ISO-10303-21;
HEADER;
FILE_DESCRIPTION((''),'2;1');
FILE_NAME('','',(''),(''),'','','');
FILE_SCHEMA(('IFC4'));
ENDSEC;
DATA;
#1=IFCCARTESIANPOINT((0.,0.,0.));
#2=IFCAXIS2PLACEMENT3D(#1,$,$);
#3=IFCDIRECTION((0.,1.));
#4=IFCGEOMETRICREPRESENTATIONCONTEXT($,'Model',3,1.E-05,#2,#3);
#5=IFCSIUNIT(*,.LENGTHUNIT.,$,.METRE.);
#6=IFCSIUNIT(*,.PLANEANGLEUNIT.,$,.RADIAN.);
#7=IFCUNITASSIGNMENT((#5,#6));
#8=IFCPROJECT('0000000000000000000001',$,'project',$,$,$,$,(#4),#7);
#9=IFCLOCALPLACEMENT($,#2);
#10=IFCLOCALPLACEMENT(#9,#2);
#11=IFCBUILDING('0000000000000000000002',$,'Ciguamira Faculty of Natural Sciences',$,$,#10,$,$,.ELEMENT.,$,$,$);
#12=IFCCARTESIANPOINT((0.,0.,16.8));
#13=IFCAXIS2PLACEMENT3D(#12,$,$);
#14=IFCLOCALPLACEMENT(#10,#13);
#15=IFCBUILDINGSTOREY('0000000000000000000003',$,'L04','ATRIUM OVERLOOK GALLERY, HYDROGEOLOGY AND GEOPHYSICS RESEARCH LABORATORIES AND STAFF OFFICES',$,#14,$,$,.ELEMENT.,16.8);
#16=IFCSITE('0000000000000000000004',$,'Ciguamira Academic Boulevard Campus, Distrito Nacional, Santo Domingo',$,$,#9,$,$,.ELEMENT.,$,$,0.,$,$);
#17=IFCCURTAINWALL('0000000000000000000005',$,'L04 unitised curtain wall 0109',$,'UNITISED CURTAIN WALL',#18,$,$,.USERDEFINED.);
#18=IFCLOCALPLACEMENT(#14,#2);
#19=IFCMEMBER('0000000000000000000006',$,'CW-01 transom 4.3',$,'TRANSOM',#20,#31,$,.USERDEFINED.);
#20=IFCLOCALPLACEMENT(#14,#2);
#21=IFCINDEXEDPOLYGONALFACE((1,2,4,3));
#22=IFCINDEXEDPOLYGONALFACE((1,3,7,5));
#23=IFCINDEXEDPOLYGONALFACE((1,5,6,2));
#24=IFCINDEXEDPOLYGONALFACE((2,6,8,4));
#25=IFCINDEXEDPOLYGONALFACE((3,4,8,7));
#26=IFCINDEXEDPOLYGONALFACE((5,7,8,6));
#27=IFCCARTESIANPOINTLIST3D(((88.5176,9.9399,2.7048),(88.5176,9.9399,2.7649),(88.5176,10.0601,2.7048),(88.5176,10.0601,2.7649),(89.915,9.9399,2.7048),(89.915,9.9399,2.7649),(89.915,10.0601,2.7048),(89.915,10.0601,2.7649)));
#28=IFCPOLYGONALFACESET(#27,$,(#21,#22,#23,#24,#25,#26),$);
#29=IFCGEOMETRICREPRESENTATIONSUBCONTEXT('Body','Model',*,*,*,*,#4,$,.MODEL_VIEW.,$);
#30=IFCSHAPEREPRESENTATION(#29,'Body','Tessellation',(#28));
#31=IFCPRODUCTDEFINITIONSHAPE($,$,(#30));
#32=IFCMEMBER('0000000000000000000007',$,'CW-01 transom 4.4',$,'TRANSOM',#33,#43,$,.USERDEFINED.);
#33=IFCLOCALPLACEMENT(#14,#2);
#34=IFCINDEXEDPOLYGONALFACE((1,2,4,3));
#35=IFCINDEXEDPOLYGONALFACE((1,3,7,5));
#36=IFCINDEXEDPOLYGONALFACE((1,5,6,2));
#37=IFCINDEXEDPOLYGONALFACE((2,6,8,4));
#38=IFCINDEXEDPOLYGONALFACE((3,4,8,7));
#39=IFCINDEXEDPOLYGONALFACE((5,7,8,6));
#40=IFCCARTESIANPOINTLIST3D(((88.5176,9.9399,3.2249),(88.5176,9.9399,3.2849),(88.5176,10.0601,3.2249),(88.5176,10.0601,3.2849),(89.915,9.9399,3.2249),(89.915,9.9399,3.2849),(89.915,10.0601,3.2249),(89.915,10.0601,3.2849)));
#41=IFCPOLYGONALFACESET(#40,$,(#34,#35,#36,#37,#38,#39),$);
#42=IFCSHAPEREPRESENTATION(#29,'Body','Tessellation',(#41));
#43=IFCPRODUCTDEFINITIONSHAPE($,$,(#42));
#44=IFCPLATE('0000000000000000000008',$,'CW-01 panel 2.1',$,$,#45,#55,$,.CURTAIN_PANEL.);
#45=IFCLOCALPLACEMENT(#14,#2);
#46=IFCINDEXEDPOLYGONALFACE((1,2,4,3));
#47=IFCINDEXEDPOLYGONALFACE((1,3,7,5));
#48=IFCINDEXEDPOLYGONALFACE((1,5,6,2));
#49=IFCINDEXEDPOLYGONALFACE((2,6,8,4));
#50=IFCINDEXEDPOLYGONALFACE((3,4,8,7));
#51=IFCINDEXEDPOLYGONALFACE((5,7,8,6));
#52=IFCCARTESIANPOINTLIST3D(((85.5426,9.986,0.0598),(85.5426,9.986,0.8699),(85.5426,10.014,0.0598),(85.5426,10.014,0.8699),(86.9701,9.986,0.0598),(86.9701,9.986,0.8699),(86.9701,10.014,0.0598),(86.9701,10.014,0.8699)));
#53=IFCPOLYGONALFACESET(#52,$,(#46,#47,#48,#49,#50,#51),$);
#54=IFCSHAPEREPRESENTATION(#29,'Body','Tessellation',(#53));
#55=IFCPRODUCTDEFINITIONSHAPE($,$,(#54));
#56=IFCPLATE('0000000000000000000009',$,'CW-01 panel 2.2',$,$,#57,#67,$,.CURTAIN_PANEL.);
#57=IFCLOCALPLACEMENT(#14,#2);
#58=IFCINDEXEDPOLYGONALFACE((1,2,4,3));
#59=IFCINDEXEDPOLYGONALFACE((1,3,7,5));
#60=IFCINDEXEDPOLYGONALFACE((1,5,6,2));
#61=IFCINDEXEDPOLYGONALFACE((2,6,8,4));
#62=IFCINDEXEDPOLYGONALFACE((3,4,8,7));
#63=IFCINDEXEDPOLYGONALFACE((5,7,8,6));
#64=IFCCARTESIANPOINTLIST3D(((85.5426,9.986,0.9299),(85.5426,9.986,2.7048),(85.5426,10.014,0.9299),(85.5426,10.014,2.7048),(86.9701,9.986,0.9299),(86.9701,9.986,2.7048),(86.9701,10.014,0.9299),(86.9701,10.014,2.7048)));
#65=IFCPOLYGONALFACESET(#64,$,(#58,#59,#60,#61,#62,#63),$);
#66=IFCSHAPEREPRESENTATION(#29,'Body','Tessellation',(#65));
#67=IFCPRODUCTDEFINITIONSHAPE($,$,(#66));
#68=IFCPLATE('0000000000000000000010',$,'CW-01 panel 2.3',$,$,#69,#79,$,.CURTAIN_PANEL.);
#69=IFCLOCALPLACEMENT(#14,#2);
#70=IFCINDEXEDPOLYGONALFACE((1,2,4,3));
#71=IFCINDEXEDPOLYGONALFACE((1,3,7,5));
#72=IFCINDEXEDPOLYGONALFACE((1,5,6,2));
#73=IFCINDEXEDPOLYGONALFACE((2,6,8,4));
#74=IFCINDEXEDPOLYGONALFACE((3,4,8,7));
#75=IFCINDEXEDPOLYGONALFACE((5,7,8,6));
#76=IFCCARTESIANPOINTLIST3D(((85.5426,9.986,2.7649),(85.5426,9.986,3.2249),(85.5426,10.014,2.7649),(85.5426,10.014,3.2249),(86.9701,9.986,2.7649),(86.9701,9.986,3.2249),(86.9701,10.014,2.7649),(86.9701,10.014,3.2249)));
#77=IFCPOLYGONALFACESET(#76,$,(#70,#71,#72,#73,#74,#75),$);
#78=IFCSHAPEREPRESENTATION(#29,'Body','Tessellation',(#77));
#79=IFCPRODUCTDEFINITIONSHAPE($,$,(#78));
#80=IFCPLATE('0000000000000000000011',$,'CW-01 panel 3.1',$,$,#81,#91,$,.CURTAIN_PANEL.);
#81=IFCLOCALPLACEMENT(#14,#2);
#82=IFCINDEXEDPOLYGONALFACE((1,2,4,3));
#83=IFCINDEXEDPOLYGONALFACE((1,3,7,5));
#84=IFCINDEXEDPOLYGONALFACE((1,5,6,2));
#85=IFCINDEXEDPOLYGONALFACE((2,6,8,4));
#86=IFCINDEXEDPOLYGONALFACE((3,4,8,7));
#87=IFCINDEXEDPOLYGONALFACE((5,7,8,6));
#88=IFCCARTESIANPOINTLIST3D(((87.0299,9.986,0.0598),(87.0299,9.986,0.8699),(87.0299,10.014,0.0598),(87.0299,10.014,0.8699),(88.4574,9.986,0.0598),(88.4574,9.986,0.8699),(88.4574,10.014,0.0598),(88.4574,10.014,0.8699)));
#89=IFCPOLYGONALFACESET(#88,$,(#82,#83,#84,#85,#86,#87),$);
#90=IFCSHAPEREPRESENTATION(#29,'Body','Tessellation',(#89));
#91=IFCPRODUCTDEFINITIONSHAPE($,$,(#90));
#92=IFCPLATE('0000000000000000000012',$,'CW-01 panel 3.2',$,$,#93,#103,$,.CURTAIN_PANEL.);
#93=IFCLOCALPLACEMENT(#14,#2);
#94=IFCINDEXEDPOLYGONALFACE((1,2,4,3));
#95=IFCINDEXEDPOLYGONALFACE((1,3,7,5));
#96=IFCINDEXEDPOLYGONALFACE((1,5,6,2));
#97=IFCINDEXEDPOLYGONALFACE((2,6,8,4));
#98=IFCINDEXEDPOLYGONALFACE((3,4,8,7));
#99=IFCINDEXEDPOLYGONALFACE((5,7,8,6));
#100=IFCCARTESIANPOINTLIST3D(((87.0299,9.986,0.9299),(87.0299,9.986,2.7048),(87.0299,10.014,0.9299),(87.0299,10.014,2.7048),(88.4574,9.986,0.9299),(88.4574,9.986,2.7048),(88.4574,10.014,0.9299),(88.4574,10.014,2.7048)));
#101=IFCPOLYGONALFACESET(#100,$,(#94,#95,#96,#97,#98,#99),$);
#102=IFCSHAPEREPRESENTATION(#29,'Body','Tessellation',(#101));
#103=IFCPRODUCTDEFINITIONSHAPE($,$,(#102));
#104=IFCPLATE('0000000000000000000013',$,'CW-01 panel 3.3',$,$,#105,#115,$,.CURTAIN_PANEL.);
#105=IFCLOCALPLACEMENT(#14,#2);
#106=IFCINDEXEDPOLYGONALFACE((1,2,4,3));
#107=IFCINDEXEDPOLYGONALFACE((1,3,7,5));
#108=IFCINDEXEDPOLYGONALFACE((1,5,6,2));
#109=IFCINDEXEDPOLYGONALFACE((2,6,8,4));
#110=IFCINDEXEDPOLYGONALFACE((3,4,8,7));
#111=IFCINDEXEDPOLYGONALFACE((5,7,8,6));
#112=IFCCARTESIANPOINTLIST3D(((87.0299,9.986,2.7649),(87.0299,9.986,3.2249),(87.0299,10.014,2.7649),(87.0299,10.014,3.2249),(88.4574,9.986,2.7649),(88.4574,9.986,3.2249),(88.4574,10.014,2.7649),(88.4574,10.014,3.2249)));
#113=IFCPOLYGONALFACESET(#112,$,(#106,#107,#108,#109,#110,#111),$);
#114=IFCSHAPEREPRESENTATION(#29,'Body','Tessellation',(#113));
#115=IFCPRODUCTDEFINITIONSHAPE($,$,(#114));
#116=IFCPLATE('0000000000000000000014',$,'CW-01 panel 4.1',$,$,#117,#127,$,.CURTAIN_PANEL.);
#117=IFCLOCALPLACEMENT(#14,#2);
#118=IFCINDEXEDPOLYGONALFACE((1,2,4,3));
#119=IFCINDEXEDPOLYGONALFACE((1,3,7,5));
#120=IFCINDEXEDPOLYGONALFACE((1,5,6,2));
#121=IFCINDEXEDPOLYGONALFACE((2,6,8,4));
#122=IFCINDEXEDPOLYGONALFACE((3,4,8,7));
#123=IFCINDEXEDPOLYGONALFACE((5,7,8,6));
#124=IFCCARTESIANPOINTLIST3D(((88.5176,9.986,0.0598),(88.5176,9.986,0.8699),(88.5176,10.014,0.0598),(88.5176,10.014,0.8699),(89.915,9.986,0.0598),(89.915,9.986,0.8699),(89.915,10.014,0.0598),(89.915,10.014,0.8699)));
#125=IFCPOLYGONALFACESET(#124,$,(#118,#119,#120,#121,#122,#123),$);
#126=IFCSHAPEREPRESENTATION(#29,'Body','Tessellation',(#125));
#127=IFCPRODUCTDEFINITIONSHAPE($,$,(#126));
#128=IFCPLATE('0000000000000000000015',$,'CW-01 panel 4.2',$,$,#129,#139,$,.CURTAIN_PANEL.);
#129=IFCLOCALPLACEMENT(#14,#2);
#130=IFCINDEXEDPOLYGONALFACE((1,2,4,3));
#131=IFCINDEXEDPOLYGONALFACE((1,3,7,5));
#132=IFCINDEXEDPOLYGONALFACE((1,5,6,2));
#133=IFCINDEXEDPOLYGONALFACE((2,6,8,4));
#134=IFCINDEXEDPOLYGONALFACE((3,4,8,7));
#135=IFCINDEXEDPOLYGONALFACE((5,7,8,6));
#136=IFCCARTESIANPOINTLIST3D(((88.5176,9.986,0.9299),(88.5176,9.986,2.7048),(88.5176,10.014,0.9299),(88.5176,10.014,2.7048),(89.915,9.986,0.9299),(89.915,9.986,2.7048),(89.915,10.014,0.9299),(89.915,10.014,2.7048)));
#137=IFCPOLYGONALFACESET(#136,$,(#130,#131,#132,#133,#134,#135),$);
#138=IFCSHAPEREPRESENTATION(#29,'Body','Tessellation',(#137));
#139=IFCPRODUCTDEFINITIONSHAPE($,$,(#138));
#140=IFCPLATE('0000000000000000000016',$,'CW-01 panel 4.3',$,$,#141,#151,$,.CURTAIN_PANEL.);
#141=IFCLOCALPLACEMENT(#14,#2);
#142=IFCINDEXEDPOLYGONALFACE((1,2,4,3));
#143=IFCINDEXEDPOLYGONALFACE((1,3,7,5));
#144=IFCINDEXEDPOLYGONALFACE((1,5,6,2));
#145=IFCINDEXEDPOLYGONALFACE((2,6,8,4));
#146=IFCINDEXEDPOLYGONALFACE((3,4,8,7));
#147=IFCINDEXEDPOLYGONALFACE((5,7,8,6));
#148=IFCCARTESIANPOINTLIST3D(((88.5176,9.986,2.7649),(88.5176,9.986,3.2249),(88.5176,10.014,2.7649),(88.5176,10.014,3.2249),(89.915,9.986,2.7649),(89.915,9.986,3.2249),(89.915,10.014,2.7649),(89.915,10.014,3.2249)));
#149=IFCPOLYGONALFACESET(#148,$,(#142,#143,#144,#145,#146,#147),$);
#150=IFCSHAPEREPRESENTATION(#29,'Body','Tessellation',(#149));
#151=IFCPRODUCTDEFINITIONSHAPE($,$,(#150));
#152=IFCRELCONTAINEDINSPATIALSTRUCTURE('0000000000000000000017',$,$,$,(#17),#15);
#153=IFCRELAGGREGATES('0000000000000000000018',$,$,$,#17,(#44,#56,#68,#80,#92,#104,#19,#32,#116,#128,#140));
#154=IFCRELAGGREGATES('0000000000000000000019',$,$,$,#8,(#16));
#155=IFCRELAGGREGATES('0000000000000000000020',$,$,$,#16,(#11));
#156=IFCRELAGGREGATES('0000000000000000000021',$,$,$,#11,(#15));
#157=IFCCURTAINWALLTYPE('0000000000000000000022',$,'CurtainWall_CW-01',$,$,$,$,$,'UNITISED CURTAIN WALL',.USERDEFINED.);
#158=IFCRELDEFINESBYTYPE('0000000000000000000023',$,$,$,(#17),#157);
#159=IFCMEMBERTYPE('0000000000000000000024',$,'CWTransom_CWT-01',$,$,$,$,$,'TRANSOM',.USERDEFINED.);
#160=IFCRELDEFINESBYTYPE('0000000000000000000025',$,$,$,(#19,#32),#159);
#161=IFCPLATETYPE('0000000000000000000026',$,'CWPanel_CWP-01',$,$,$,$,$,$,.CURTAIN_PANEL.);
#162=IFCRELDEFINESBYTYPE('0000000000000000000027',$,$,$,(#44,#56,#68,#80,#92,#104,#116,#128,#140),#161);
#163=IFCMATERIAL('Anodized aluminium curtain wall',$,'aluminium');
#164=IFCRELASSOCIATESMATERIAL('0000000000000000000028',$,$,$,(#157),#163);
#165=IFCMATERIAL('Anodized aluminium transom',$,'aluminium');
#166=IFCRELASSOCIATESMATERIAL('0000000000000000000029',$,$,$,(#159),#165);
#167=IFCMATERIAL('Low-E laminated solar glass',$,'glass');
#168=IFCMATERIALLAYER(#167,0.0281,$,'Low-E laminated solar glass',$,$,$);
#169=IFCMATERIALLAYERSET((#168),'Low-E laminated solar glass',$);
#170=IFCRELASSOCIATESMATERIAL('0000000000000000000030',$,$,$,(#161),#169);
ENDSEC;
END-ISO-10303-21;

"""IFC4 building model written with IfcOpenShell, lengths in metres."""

from ifc_helpers import new_model, si_unit, direction, frame, origin, origin_2d, place, context, subcontext, project, spatial, rectangle, extrude, material, layer, layer_set, material_profile, profile_set, type_object, element, aggregate, save


model = new_model("IFC4")

# Units and contexts
model_context = context("Model", 3, precision=1e-05, world=origin(), true_north=direction((0.0, 1.0)))
body_context = subcontext(model_context, "Body", "Model", "MODEL_VIEW")
ifc_project = project(units=[si_unit("LENGTHUNIT", "METRE"), si_unit("PLANEANGLEUNIT", "RADIAN")], contexts=[model_context])

# Site, building, storey
site_placement = place(None, origin())
site = spatial("IfcSite", under=ifc_project, at=site_placement, Name="Ciguamira Academic Boulevard Campus, Distrito Nacional, Santo Domingo", CompositionType="ELEMENT", RefElevation=0.0)
building_placement = place(site_placement, origin())
building = spatial("IfcBuilding", under=site, at=building_placement, Name="Ciguamira Faculty of Natural Sciences", CompositionType="ELEMENT")
storey_placement = place(building_placement, frame((0.0, 0.0, 16.8)))
storey = spatial("IfcBuildingStorey", under=building, at=storey_placement, Name="L04", Description="ATRIUM OVERLOOK GALLERY, HYDROGEOLOGY AND GEOPHYSICS RESEARCH LABORATORIES AND STAFF OFFICES", CompositionType="ELEMENT", Elevation=16.8)

# Curtain wall, members, plates
ifc_material_1 = material(Name="Anodized aluminium curtain wall", Category="aluminium")
curtain_wall_type = type_object("IfcCurtainWallType", Name="CurtainWall_CW-01", ElementType="UNITISED CURTAIN WALL", PredefinedType="USERDEFINED", material=ifc_material_1)
curtain_wall_placement = place(storey_placement, origin())
curtain_wall = element("IfcCurtainWall", 1, at=curtain_wall_placement, inside=storey, type_object=curtain_wall_type, Name="L04 unitised curtain wall 0109", ObjectType="UNITISED CURTAIN WALL", PredefinedType="USERDEFINED")
ifc_material_2 = material(Name="Anodized aluminium transom", Category="aluminium")
ifc_material_profile_1 = material_profile(ifc_material_2, rectangle(XDim=0.0601, YDim=0.1201, at=origin_2d()), Name="ALU-TRN-60X120")
ifc_profile_set_1 = profile_set([ifc_material_profile_1], Name="Anodized aluminium transom")
member_type_1 = type_object("IfcMemberType", Name="CWTransom_CWT-01", ElementType="TRANSOM", PredefinedType="USERDEFINED", material=ifc_profile_set_1)
member_1_placement = place(storey_placement, frame((88.5176, 10.0, 2.7349), z_axis=(1.0, 0.0, 0.0), x_axis=(0.0, 0.0, 1.0)))
member_1 = element("IfcMember", 2, at=member_1_placement, type_object=member_type_1, Name="CW-01 transom 4.3", ObjectType="TRANSOM", PredefinedType="USERDEFINED", context=body_context, shape_type="SweptSolid", body=[
    extrude(rectangle(XDim=0.0601, YDim=0.1201, at=origin_2d()), origin(), (0.0, 0.0, 1.0), 1.3975),
])
member_2_placement = place(storey_placement, frame((88.5176, 10.0, 3.2549), z_axis=(1.0, 0.0, 0.0), x_axis=(0.0, 0.0, 1.0)))
member_2 = element("IfcMember", 3, at=member_2_placement, type_object=member_type_1, Name="CW-01 transom 4.4", ObjectType="TRANSOM", PredefinedType="USERDEFINED", context=body_context, shape_type="SweptSolid", body=[
    extrude(rectangle(XDim=0.0601, YDim=0.1201, at=origin_2d()), origin(), (0.0, 0.0, 1.0), 1.3975),
])
ifc_material_3 = material(Name="Low-E laminated solar glass", Category="glass")
ifc_layer = layer(ifc_material_3, 0.0281, Name="Low-E laminated solar glass")
ifc_layer_set = layer_set([ifc_layer], Name="Low-E laminated solar glass")
plate_type = type_object("IfcPlateType", Name="CWPanel_CWP-01", PredefinedType="CURTAIN_PANEL", material=ifc_layer_set)
plate_1_placement = place(storey_placement, frame((86.2563, 10.0, 0.0598), z_axis=(0.0, 0.0, 1.0), x_axis=(1.0, 0.0, 0.0)))
plate_1 = element("IfcPlate", 4, at=plate_1_placement, type_object=plate_type, Name="CW-01 panel 2.1", PredefinedType="CURTAIN_PANEL", context=body_context, shape_type="SweptSolid", body=[
    extrude(rectangle(XDim=1.4275, YDim=0.0281, at=origin_2d()), origin(), (0.0, 0.0, 1.0), 0.8101),
])
plate_2_placement = place(storey_placement, frame((86.2563, 10.0, 0.9299), z_axis=(0.0, 0.0, 1.0), x_axis=(1.0, 0.0, 0.0)))
plate_2 = element("IfcPlate", 5, at=plate_2_placement, type_object=plate_type, Name="CW-01 panel 2.2", PredefinedType="CURTAIN_PANEL", context=body_context, shape_type="SweptSolid", body=[
    extrude(rectangle(XDim=1.4275, YDim=0.0281, at=origin_2d()), origin(), (0.0, 0.0, 1.0), 1.7749),
])
plate_3_placement = place(storey_placement, frame((86.2563, 10.0, 2.7649), z_axis=(0.0, 0.0, 1.0), x_axis=(1.0, 0.0, 0.0)))
plate_3 = element("IfcPlate", 6, at=plate_3_placement, type_object=plate_type, Name="CW-01 panel 2.3", PredefinedType="CURTAIN_PANEL", context=body_context, shape_type="SweptSolid", body=[
    extrude(rectangle(XDim=1.4275, YDim=0.0281, at=origin_2d()), origin(), (0.0, 0.0, 1.0), 0.46),
])
plate_4_placement = place(storey_placement, frame((87.7437, 10.0, 0.0598), z_axis=(0.0, 0.0, 1.0), x_axis=(1.0, 0.0, 0.0)))
plate_4 = element("IfcPlate", 7, at=plate_4_placement, type_object=plate_type, Name="CW-01 panel 3.1", PredefinedType="CURTAIN_PANEL", context=body_context, shape_type="SweptSolid", body=[
    extrude(rectangle(XDim=1.4275, YDim=0.0281, at=origin_2d()), origin(), (0.0, 0.0, 1.0), 0.8101),
])
plate_5_placement = place(storey_placement, frame((87.7437, 10.0, 0.9299), z_axis=(0.0, 0.0, 1.0), x_axis=(1.0, 0.0, 0.0)))
plate_5 = element("IfcPlate", 8, at=plate_5_placement, type_object=plate_type, Name="CW-01 panel 3.2", PredefinedType="CURTAIN_PANEL", context=body_context, shape_type="SweptSolid", body=[
    extrude(rectangle(XDim=1.4275, YDim=0.0281, at=origin_2d()), origin(), (0.0, 0.0, 1.0), 1.7749),
])
plate_6_placement = place(storey_placement, frame((87.7437, 10.0, 2.7649), z_axis=(0.0, 0.0, 1.0), x_axis=(1.0, 0.0, 0.0)))
plate_6 = element("IfcPlate", 9, at=plate_6_placement, type_object=plate_type, Name="CW-01 panel 3.3", PredefinedType="CURTAIN_PANEL", context=body_context, shape_type="SweptSolid", body=[
    extrude(rectangle(XDim=1.4275, YDim=0.0281, at=origin_2d()), origin(), (0.0, 0.0, 1.0), 0.46),
])
plate_7_placement = place(storey_placement, frame((89.2163, 10.0, 0.0598), z_axis=(0.0, 0.0, 1.0), x_axis=(1.0, 0.0, 0.0)))
plate_7 = element("IfcPlate", 10, at=plate_7_placement, type_object=plate_type, Name="CW-01 panel 4.1", PredefinedType="CURTAIN_PANEL", context=body_context, shape_type="SweptSolid", body=[
    extrude(rectangle(XDim=1.3975, YDim=0.0281, at=origin_2d()), origin(), (0.0, 0.0, 1.0), 0.8101),
])
plate_8_placement = place(storey_placement, frame((89.2163, 10.0, 0.9299), z_axis=(0.0, 0.0, 1.0), x_axis=(1.0, 0.0, 0.0)))
plate_8 = element("IfcPlate", 11, at=plate_8_placement, type_object=plate_type, Name="CW-01 panel 4.2", PredefinedType="CURTAIN_PANEL", context=body_context, shape_type="SweptSolid", body=[
    extrude(rectangle(XDim=1.3975, YDim=0.0281, at=origin_2d()), origin(), (0.0, 0.0, 1.0), 1.7749),
])
plate_9_placement = place(storey_placement, frame((89.2163, 10.0, 2.7649), z_axis=(0.0, 0.0, 1.0), x_axis=(1.0, 0.0, 0.0)))
plate_9 = element("IfcPlate", 12, at=plate_9_placement, type_object=plate_type, Name="CW-01 panel 4.3", PredefinedType="CURTAIN_PANEL", context=body_context, shape_type="SweptSolid", body=[
    extrude(rectangle(XDim=1.3975, YDim=0.0281, at=origin_2d()), origin(), (0.0, 0.0, 1.0), 0.46),
])
aggregate(curtain_wall, [plate_1, plate_2, plate_3, plate_4, plate_5, plate_6, member_1, member_2, plate_7, plate_8, plate_9])

save(model, "model.ifc")
